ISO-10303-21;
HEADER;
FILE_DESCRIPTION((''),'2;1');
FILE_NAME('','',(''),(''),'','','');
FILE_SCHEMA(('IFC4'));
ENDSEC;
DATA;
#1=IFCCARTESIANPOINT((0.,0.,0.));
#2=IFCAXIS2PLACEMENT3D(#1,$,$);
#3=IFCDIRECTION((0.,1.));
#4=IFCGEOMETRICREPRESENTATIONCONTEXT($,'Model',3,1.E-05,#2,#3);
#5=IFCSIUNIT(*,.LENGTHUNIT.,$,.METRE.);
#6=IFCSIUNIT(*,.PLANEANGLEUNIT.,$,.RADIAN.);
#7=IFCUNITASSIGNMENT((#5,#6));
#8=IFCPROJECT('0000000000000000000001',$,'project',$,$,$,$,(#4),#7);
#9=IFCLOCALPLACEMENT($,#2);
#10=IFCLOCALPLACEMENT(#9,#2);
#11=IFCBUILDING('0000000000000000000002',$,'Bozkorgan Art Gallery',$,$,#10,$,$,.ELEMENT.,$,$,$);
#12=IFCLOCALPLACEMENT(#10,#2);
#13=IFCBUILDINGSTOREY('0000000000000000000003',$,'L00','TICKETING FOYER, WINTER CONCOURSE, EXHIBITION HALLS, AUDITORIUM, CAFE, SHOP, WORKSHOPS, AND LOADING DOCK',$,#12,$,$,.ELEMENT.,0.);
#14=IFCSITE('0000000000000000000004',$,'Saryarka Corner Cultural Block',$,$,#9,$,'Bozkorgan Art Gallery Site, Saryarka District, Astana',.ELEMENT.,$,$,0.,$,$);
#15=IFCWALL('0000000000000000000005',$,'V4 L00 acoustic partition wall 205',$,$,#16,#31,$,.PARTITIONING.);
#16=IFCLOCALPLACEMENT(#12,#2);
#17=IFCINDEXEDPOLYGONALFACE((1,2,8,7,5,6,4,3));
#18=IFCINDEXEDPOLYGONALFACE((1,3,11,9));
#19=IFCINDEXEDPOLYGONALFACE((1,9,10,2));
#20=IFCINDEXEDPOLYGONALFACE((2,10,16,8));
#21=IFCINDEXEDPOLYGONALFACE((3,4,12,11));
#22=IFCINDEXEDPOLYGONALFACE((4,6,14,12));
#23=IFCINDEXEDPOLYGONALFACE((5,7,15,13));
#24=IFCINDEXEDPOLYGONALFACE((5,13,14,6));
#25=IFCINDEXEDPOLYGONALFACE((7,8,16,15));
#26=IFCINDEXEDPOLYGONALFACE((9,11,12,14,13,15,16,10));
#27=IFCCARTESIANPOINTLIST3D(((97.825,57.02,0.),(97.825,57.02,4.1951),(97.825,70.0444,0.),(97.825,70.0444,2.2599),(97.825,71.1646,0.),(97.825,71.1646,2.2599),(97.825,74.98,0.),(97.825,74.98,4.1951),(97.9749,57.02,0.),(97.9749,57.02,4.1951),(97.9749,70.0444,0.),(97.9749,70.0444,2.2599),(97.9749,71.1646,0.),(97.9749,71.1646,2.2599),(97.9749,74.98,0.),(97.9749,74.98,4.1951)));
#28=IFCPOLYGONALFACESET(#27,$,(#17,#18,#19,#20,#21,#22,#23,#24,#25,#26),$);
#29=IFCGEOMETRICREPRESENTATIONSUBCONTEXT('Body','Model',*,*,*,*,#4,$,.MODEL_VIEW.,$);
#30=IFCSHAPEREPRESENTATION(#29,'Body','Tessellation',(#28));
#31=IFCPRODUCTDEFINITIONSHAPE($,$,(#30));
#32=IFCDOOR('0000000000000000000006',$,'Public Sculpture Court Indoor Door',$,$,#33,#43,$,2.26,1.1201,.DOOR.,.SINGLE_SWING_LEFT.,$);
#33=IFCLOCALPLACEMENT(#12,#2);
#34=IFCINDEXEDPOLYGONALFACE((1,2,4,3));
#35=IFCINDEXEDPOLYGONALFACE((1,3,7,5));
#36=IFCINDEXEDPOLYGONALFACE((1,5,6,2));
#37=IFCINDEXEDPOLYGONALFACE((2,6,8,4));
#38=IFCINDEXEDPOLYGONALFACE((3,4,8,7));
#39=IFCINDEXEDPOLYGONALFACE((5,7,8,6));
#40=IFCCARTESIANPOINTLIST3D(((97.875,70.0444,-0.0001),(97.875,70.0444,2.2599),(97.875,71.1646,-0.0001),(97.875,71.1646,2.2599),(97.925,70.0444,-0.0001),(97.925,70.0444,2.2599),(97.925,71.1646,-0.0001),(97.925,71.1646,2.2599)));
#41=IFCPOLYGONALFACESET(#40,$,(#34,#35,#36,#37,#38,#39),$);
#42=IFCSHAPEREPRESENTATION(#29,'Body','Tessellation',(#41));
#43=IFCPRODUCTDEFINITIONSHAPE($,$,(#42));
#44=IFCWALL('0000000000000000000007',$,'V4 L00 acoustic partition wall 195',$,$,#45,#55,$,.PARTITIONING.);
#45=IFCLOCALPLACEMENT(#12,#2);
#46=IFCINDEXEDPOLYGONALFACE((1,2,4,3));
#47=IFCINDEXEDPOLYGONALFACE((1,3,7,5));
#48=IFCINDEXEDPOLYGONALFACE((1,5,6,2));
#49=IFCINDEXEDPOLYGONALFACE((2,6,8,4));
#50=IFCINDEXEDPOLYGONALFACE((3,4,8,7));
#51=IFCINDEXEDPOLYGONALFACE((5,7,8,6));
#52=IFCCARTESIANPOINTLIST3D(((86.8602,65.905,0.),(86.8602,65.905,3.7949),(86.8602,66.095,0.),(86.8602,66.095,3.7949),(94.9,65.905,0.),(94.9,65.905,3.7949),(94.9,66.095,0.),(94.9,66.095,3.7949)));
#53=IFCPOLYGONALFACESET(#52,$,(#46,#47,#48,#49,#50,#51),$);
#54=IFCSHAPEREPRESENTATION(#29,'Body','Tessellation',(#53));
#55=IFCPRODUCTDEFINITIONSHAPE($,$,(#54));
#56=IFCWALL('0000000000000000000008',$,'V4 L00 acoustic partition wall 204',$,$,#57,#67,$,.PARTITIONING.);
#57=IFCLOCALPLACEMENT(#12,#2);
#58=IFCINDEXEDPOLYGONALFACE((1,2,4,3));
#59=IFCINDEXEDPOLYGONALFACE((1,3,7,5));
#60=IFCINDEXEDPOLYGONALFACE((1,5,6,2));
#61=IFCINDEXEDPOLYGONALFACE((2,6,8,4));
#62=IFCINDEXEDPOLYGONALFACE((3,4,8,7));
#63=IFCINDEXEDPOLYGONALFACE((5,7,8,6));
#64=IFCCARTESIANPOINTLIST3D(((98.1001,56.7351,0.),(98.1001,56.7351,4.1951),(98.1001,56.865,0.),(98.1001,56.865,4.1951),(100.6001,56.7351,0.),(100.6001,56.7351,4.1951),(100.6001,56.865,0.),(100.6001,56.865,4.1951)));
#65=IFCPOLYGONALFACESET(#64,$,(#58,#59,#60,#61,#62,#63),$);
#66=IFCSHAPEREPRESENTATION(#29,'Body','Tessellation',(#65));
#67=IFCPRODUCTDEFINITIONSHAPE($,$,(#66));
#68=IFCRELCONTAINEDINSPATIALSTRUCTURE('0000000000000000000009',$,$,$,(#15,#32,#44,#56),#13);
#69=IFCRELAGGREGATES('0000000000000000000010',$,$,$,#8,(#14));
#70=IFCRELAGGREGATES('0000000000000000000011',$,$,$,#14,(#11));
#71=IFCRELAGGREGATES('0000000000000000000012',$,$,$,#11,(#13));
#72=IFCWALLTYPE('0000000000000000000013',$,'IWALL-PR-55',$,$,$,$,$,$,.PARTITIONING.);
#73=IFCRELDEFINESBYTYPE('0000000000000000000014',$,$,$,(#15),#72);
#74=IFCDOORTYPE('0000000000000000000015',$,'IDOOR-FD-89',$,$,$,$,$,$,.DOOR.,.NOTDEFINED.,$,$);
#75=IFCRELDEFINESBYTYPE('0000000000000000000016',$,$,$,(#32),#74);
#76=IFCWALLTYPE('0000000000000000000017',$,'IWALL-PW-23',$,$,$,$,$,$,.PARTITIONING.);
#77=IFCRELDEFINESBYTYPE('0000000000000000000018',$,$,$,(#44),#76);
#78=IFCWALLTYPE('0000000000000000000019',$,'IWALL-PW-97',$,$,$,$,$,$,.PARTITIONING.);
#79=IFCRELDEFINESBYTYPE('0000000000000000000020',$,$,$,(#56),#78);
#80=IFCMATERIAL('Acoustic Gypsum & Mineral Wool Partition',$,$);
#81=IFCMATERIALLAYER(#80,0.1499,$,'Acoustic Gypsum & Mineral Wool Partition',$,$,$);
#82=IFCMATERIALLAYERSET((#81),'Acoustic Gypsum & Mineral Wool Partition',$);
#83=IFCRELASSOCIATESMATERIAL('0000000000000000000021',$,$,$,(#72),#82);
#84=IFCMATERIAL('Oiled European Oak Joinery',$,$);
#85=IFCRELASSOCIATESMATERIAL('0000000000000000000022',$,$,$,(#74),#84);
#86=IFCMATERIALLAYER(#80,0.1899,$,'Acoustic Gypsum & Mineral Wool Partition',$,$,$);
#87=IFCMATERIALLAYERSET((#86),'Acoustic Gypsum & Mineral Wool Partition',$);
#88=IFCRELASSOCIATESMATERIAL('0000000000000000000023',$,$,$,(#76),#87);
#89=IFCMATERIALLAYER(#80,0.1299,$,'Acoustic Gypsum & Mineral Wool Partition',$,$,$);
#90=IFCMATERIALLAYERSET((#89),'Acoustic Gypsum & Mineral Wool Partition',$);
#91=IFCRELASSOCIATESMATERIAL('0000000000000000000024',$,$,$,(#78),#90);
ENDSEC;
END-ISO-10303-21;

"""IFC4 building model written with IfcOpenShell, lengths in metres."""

from ifc_helpers import new_model, si_unit, direction, frame, frame_2d, origin, place, context, subcontext, project, spatial, rectangle, extrude, material, layer, layer_set, type_object, element, fill, save


model = new_model("IFC4")

# Units and contexts
model_context = context("Model", 3, precision=1e-05, world=origin(), true_north=direction((0.0, 1.0)))
body_context = subcontext(model_context, "Body", "Model", "MODEL_VIEW")
ifc_project = project(units=[si_unit("LENGTHUNIT", "METRE"), si_unit("PLANEANGLEUNIT", "RADIAN")], contexts=[model_context])

# Site, building, storey
site_placement = place(None, origin())
site = spatial("IfcSite", under=ifc_project, at=site_placement, Name="Saryarka Corner Cultural Block", LongName="Bozkorgan Art Gallery Site, Saryarka District, Astana", CompositionType="ELEMENT", RefElevation=0.0)
building_placement = place(site_placement, origin())
building = spatial("IfcBuilding", under=site, at=building_placement, Name="Bozkorgan Art Gallery", CompositionType="ELEMENT")
storey_placement = place(building_placement, origin())
storey = spatial("IfcBuildingStorey", under=building, at=storey_placement, Name="L00", Description="TICKETING FOYER, WINTER CONCOURSE, EXHIBITION HALLS, AUDITORIUM, CAFE, SHOP, WORKSHOPS, AND LOADING DOCK", CompositionType="ELEMENT", Elevation=0.0)

# Wall, opening, door
ifc_material_1 = material(Name="Acoustic Gypsum & Mineral Wool Partition")
ifc_material_2 = material(Name="Oiled European Oak Joinery")
ifc_layer_1 = layer(ifc_material_1, 0.1499, Name="Acoustic Gypsum & Mineral Wool Partition")
ifc_layer_set_1 = layer_set([ifc_layer_1], Name="Acoustic Gypsum & Mineral Wool Partition")
wall_type_1 = type_object("IfcWallType", Name="IWALL-PR-55", PredefinedType="PARTITIONING", material=ifc_layer_set_1)
wall_1_placement = place(storey_placement, frame((97.8999, 57.02, 0.0), z_axis=(0.0, 0.0, 1.0), x_axis=(0.0, 1.0, 0.0)))
wall_1 = element("IfcWall", 1, at=wall_1_placement, inside=storey, type_object=wall_type_1, Name="V4 L00 acoustic partition wall 205", PredefinedType="PARTITIONING", context=body_context, shape_type="SweptSolid", body=[
    extrude(rectangle(XDim=17.96, YDim=0.1499, at=frame_2d((8.98, 0.0))), origin(), (0.0, 0.0, 1.0), 4.1951),
])
opening_1_placement = place(wall_1_placement, frame((13.0244, 0.0, 0.0)))
opening_1 = element("IfcOpeningElement", 2, at=opening_1_placement, cuts=wall_1, PredefinedType="OPENING", context=body_context, shape_type="SweptSolid", body=[
    extrude(rectangle(XDim=1.1201, YDim=2.26, at=frame_2d((0.5601, 1.1299))), frame((0.0, 0.085, 0.0), z_axis=(0.0, -1.0, 0.0), x_axis=(1.0, 0.0, 0.0)), (0.0, 0.0, 1.0), 0.1699),
])
door_type_1 = type_object("IfcDoorType", Name="IDOOR-FD-89", OperationType="NOTDEFINED", PredefinedType="DOOR", material=ifc_material_2)
door_1_placement = place(opening_1_placement, origin())
door_1 = element("IfcDoor", 3, at=door_1_placement, inside=storey, type_object=door_type_1, Name="Public Sculpture Court Indoor Door", OperationType="SINGLE_SWING_LEFT", OverallHeight=2.26, OverallWidth=1.1201, PredefinedType="DOOR", context=body_context, shape_type="SweptSolid", body=[
    extrude(rectangle(XDim=1.1201, YDim=2.26, at=frame_2d((0.5601, 1.1299))), frame((0.0, 0.0249, 0.0), z_axis=(0.0, -1.0, 0.0), x_axis=(1.0, 0.0, 0.0)), (0.0, 0.0, 1.0), 0.05),
])
fill(opening_1, door_1)

# Walls
ifc_layer_2 = layer(ifc_material_1, 0.1899, Name="Acoustic Gypsum & Mineral Wool Partition")
ifc_layer_set_2 = layer_set([ifc_layer_2], Name="Acoustic Gypsum & Mineral Wool Partition")
wall_type_2 = type_object("IfcWallType", Name="IWALL-PW-23", PredefinedType="PARTITIONING", material=ifc_layer_set_2)
wall_2_placement = place(storey_placement, frame((86.8601, 66.0, 0.0), z_axis=(0.0, 0.0, 1.0), x_axis=(1.0, 0.0, 0.0)))
element("IfcWall", 4, at=wall_2_placement, inside=storey, type_object=wall_type_2, Name="V4 L00 acoustic partition wall 195", PredefinedType="PARTITIONING", context=body_context, shape_type="SweptSolid", body=[
    extrude(rectangle(XDim=8.0398, YDim=0.1899, at=frame_2d((4.02, 0.0))), origin(), (0.0, 0.0, 1.0), 3.7949),
])
ifc_layer_3 = layer(ifc_material_1, 0.1299, Name="Acoustic Gypsum & Mineral Wool Partition")
ifc_layer_set_3 = layer_set([ifc_layer_3], Name="Acoustic Gypsum & Mineral Wool Partition")
wall_type_3 = type_object("IfcWallType", Name="IWALL-PW-97", PredefinedType="PARTITIONING", material=ifc_layer_set_3)
wall_3_placement = place(storey_placement, frame((98.1001, 56.8, 0.0), z_axis=(0.0, 0.0, 1.0), x_axis=(1.0, 0.0, 0.0)))
element("IfcWall", 5, at=wall_3_placement, inside=storey, type_object=wall_type_3, Name="V4 L00 acoustic partition wall 204", PredefinedType="PARTITIONING", context=body_context, shape_type="SweptSolid", body=[
    extrude(rectangle(XDim=2.5, YDim=0.1299, at=frame_2d((1.25, 0.0))), origin(), (0.0, 0.0, 1.0), 4.1951),
])

save(model, "model.ifc")
